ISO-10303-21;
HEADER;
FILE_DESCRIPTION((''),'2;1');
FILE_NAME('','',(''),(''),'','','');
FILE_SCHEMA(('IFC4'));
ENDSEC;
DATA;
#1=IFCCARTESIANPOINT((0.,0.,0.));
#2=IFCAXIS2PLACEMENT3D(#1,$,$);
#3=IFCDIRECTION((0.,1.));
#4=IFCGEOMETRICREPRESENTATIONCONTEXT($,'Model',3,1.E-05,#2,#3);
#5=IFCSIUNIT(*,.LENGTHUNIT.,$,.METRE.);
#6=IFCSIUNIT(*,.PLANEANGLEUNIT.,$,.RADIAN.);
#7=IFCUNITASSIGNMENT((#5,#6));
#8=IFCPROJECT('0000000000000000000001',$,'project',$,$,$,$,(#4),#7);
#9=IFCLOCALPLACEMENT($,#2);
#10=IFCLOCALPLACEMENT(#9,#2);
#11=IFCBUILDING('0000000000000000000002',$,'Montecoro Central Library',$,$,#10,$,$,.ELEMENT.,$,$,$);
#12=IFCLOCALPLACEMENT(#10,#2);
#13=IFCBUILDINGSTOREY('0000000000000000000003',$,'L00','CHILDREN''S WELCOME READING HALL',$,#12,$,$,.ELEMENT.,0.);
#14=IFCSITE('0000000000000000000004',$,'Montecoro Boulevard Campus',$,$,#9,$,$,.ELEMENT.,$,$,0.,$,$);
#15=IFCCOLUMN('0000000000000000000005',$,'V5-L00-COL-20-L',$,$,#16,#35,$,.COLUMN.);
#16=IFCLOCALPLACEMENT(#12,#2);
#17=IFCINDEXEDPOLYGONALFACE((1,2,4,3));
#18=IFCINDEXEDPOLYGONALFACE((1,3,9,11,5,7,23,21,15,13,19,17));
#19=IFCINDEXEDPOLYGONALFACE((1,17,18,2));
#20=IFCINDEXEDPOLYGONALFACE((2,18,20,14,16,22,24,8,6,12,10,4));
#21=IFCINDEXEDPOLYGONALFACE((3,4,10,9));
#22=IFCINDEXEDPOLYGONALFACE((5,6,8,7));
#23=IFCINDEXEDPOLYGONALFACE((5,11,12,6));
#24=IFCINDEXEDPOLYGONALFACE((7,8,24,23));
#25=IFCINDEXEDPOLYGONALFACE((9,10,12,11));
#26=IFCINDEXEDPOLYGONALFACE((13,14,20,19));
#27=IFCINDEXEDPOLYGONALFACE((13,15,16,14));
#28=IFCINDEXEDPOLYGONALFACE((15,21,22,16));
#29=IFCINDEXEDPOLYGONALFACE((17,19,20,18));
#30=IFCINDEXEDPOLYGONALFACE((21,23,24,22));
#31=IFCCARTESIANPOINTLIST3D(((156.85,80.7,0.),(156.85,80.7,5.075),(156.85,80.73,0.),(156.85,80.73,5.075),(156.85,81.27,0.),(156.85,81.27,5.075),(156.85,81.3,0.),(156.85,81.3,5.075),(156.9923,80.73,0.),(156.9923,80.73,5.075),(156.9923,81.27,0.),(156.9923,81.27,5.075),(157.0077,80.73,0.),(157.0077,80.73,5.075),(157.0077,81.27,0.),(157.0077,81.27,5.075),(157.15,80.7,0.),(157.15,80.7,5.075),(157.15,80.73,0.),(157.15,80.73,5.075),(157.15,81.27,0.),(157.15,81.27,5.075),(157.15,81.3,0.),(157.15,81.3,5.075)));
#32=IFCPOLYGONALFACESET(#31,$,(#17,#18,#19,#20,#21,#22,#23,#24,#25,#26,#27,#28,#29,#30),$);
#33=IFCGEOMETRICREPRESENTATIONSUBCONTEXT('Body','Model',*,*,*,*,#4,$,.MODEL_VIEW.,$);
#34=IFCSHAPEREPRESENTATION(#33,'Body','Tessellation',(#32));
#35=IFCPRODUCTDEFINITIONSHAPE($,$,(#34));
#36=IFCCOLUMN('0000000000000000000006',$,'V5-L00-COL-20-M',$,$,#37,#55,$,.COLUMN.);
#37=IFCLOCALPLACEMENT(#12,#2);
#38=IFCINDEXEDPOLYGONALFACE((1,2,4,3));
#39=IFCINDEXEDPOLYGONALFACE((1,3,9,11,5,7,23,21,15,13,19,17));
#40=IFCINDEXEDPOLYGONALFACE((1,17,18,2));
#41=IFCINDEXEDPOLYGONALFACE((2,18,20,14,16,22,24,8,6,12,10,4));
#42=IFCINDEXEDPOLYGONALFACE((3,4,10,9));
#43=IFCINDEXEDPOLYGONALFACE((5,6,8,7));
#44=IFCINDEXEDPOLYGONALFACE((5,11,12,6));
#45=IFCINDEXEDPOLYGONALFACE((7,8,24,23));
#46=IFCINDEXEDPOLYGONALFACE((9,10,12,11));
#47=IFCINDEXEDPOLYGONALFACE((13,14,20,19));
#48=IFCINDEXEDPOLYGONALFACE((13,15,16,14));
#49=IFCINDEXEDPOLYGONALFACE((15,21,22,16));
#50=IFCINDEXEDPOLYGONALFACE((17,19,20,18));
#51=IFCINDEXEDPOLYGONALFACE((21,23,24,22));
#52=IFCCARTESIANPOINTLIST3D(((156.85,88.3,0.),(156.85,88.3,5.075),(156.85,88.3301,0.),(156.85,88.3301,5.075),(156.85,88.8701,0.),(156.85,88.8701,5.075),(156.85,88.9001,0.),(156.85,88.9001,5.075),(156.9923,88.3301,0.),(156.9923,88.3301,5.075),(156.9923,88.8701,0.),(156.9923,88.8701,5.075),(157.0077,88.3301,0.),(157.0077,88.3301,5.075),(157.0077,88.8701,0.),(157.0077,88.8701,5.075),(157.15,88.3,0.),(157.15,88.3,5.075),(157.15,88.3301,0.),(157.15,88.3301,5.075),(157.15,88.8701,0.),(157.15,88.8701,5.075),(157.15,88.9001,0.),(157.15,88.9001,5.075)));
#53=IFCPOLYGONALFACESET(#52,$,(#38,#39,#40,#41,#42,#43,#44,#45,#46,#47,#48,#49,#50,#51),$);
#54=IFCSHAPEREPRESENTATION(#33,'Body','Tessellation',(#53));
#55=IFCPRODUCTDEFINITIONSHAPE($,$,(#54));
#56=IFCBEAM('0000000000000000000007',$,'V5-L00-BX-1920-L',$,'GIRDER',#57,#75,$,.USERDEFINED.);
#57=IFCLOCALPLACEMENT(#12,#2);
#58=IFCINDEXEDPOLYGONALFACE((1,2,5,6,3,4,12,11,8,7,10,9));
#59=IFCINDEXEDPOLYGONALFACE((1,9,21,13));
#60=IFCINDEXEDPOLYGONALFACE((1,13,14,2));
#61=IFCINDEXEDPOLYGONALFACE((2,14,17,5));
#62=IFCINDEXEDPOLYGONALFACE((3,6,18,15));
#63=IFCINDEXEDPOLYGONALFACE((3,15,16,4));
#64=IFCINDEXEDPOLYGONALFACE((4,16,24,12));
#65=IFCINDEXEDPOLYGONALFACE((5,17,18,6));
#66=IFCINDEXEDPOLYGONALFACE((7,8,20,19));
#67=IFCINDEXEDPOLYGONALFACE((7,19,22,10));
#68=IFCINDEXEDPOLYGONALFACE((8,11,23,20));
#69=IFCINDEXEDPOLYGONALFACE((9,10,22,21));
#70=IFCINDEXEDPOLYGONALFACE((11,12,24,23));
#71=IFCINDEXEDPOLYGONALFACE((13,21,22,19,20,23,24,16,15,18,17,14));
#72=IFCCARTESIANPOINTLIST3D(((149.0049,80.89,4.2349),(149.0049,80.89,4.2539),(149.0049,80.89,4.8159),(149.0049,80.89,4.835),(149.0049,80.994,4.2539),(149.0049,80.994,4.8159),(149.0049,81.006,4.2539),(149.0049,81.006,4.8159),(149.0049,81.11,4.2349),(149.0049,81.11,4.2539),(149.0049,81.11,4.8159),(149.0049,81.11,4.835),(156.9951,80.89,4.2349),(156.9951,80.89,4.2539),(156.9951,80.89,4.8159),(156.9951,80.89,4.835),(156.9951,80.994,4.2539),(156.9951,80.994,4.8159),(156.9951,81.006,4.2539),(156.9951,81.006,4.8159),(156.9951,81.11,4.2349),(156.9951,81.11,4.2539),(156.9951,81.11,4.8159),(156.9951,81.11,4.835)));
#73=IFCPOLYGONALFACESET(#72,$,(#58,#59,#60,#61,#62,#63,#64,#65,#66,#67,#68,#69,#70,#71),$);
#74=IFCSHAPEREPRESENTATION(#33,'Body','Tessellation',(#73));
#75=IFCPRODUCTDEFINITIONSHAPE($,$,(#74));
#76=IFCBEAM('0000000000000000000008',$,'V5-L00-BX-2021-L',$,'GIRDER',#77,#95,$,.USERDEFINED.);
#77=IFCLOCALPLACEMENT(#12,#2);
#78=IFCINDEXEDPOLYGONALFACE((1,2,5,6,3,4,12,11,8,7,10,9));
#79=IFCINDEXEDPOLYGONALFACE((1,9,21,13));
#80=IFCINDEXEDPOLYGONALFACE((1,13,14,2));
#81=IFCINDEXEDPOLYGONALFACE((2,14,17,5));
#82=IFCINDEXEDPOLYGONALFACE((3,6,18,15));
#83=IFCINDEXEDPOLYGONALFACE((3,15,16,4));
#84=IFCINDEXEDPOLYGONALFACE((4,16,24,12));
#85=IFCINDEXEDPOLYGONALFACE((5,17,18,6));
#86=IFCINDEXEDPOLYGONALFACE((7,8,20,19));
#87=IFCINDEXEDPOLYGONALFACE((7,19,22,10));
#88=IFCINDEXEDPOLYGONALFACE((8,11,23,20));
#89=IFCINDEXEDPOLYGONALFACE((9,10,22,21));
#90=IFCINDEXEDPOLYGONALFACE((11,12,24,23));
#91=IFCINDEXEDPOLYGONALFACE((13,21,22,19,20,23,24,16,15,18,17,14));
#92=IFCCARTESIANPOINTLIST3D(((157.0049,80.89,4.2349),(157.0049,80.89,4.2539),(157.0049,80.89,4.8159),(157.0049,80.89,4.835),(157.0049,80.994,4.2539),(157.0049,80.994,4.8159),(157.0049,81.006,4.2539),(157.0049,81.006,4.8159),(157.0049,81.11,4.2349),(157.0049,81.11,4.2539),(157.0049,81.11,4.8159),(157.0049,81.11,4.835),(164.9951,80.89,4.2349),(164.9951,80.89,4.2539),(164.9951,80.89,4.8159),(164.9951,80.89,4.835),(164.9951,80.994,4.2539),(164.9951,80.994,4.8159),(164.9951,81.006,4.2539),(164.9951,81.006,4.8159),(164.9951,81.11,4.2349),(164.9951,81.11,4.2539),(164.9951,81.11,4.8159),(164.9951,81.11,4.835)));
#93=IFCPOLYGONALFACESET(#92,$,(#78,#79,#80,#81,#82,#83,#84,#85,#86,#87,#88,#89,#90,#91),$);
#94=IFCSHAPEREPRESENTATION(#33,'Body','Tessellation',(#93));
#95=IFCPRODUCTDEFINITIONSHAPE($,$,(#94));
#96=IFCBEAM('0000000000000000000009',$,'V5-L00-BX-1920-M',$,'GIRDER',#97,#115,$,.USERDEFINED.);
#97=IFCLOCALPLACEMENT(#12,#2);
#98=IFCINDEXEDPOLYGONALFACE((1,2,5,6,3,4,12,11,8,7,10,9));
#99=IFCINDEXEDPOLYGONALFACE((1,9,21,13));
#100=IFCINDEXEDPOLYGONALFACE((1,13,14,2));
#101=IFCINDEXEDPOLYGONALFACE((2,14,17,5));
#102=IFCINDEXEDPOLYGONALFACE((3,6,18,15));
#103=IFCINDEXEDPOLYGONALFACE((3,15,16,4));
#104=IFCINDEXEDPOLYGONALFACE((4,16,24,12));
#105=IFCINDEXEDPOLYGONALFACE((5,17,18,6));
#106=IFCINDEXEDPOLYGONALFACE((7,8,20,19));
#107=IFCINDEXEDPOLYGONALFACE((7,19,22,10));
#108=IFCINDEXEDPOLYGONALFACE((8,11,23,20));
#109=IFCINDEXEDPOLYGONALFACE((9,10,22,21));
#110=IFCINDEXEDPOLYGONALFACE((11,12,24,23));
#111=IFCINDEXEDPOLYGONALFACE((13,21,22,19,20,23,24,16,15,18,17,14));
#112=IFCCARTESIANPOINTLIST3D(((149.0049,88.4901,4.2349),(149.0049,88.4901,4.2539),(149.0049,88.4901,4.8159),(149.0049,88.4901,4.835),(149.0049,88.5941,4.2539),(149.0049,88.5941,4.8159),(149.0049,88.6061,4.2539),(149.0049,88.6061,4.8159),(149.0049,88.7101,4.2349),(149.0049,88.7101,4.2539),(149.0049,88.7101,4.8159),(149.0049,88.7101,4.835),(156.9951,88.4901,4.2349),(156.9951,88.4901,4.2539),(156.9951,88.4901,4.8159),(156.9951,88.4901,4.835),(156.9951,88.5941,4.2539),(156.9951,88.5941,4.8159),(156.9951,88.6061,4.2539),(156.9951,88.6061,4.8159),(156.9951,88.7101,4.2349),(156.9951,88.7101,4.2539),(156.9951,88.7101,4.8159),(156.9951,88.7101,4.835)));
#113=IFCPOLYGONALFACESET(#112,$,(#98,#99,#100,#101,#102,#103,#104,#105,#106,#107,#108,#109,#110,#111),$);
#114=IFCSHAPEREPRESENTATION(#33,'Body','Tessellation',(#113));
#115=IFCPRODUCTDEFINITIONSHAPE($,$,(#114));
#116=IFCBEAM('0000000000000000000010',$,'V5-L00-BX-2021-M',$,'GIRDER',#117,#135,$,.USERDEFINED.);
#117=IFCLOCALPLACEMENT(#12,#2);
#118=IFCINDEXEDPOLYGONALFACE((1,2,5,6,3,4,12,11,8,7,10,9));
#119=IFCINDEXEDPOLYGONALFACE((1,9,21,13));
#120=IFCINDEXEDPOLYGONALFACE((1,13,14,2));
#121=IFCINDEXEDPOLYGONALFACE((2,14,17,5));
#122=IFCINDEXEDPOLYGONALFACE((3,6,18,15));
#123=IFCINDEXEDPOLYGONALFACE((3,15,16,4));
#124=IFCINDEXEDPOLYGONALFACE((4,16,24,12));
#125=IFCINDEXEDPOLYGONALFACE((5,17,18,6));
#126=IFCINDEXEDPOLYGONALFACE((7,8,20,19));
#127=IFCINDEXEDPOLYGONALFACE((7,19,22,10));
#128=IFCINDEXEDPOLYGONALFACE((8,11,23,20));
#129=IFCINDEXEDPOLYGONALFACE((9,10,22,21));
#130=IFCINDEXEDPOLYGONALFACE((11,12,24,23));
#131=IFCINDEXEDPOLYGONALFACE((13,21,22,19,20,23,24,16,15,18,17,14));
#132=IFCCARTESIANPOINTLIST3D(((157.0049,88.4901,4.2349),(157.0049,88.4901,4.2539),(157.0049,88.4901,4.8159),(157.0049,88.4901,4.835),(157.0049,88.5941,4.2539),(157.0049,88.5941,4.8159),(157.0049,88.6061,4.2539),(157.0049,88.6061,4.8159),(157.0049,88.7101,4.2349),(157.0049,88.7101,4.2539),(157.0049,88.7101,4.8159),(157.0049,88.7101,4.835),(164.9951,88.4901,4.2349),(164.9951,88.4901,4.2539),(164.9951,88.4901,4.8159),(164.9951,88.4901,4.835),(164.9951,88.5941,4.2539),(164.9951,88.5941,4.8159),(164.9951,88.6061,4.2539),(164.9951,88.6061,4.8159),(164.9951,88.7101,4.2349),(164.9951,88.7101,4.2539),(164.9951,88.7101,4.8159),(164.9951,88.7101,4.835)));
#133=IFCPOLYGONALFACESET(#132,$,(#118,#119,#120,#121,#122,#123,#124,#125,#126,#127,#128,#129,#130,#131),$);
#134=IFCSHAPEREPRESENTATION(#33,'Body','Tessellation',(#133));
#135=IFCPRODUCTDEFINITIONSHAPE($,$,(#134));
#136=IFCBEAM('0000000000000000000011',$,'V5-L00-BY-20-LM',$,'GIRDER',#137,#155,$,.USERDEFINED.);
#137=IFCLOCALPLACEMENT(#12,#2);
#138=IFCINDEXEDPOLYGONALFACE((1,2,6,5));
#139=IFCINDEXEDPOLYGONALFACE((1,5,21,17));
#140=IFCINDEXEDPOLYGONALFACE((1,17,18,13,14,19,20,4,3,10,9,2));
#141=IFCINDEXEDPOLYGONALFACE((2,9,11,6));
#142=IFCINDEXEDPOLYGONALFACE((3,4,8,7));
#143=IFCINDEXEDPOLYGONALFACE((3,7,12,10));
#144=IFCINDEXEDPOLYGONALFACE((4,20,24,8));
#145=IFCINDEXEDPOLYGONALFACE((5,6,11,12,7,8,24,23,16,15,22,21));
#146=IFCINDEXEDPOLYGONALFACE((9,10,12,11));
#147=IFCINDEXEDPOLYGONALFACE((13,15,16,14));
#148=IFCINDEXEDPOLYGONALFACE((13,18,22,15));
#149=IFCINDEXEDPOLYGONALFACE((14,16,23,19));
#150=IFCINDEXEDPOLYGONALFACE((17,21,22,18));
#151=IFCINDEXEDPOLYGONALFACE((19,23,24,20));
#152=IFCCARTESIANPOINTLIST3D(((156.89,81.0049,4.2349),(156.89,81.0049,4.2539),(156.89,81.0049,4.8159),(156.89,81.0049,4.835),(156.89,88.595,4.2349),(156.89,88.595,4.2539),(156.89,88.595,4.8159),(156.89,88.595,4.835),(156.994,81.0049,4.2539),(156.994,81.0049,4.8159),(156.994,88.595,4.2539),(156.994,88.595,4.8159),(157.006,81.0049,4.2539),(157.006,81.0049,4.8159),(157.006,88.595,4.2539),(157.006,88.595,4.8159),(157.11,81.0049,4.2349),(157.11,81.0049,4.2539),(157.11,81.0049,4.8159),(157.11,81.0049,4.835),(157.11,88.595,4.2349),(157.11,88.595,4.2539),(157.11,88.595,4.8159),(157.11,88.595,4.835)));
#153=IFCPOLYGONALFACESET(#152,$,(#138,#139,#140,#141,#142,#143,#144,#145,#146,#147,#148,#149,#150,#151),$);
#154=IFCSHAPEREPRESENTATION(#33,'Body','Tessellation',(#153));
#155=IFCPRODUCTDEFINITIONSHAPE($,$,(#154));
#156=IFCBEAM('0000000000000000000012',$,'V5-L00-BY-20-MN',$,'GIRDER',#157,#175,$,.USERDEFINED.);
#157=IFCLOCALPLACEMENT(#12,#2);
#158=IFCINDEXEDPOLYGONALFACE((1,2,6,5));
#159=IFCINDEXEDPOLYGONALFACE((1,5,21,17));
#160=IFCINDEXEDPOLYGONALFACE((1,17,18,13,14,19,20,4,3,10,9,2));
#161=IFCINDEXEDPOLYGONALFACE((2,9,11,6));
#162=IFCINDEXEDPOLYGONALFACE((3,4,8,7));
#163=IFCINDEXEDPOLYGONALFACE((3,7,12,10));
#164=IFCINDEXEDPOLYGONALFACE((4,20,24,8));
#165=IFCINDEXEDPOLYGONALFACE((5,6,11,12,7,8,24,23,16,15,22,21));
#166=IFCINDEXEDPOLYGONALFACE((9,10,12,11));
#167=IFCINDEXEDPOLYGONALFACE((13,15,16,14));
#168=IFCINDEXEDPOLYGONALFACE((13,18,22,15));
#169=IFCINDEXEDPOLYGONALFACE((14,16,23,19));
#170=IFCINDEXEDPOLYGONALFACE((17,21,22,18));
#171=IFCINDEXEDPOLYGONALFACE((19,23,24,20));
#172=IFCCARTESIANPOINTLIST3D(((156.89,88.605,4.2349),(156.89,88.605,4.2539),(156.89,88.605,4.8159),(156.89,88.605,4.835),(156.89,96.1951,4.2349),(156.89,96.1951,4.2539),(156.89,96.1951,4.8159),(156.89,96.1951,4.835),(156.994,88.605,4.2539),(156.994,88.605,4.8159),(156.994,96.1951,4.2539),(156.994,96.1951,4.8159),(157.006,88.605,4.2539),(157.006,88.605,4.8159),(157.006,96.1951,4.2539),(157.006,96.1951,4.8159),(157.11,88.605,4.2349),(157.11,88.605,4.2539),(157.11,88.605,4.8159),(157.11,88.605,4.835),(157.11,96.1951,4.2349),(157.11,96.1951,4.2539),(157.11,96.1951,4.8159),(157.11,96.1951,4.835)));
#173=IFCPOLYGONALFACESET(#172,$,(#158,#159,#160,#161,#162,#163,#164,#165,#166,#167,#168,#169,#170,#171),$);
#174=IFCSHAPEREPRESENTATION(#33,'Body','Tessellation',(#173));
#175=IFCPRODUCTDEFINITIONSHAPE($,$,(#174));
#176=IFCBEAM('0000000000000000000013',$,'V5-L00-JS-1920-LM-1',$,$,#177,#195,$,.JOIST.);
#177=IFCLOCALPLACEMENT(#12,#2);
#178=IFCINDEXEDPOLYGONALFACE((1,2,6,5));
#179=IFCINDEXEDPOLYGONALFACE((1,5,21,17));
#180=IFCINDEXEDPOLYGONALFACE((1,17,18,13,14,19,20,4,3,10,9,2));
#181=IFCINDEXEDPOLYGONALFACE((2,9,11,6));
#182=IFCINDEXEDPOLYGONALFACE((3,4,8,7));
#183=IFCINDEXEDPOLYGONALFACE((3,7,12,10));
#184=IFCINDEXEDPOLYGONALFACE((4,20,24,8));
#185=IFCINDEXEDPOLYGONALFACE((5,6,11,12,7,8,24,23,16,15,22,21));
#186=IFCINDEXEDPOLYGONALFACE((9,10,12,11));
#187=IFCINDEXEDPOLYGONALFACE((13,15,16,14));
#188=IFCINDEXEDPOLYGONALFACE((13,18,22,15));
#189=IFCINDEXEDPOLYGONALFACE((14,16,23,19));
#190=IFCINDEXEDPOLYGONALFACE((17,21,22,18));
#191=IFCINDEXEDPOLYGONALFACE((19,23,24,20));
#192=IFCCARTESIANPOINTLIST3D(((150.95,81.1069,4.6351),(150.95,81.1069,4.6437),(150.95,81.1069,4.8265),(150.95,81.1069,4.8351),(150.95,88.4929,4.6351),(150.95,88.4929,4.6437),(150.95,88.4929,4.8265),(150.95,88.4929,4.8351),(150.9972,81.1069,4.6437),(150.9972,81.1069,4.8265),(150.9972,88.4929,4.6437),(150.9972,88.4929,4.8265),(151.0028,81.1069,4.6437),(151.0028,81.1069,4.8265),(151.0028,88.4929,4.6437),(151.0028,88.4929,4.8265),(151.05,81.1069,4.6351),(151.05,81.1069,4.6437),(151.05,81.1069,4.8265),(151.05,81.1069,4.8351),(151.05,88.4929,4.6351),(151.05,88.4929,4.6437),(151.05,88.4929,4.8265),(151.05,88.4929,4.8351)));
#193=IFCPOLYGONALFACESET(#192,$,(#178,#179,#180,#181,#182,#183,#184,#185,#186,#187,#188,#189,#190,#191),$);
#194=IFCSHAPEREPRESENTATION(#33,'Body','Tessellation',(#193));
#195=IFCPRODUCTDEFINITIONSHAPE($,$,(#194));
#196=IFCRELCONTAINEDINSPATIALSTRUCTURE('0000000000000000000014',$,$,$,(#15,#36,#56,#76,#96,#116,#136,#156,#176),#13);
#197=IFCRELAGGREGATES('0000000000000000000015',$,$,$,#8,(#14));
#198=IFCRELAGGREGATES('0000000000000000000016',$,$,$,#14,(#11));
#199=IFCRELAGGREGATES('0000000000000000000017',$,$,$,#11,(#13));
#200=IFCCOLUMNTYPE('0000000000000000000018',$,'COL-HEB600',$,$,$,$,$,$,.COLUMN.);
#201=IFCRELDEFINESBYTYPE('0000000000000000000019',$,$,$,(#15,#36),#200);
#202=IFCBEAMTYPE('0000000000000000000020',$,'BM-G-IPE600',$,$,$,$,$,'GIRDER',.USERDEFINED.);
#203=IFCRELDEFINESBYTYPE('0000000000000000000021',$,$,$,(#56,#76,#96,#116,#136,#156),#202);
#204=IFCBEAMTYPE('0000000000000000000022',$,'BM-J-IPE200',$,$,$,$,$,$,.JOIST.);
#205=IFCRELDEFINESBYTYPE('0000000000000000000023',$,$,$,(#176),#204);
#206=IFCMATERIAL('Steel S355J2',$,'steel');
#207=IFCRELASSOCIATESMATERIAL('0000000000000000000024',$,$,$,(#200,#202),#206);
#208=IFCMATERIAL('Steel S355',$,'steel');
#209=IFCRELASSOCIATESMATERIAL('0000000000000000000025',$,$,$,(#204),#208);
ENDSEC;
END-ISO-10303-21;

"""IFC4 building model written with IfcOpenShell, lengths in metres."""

from ifc_helpers import new_model, si_unit, direction, frame, origin, origin_2d, place, context, subcontext, project, spatial, i_section, extrude, material, material_profile, profile_set, type_object, element, save


model = new_model("IFC4")

# Units and contexts
model_context = context("Model", 3, precision=1e-05, world=origin(), true_north=direction((0.0, 1.0)))
body_context = subcontext(model_context, "Body", "Model", "MODEL_VIEW")
ifc_project = project(units=[si_unit("LENGTHUNIT", "METRE"), si_unit("PLANEANGLEUNIT", "RADIAN")], contexts=[model_context])

# Site, building, storey
site_placement = place(None, origin())
site = spatial("IfcSite", under=ifc_project, at=site_placement, Name="Montecoro Boulevard Campus", CompositionType="ELEMENT", RefElevation=0.0)
building_placement = place(site_placement, origin())
building = spatial("IfcBuilding", under=site, at=building_placement, Name="Montecoro Central Library", CompositionType="ELEMENT")
storey_placement = place(building_placement, origin())
storey = spatial("IfcBuildingStorey", under=building, at=storey_placement, Name="L00", Description="CHILDREN'S WELCOME READING HALL", CompositionType="ELEMENT", Elevation=0.0)

# Columns
ifc_material_1 = material(Name="Steel S355J2", Category="steel")
ifc_material_profile_1 = material_profile(ifc_material_1, i_section(OverallWidth=0.3, OverallDepth=0.6001, WebThickness=0.0154, FlangeThickness=0.03, at=origin_2d()), Name="HEB 600")
ifc_profile_set_1 = profile_set([ifc_material_profile_1], Name="Steel S355J2")
column_type = type_object("IfcColumnType", Name="COL-HEB600", PredefinedType="COLUMN", material=ifc_profile_set_1)
for number, where, z_axis, x_axis, name in (
    (1, (157.0, 81.0, 0.0), (0.0, 0.0, 1.0), (1.0, 0.0, 0.0), "V5-L00-COL-20-L"),
    (2, (157.0, 88.6001, 0.0), (0.0, 0.0, 1.0), (1.0, 0.0, 0.0), "V5-L00-COL-20-M"),
):
    element("IfcColumn", number, at=place(storey_placement, frame(where, z_axis=z_axis, x_axis=x_axis)), inside=storey, type_object=column_type, Name=name, PredefinedType="COLUMN", context=body_context, shape_type="SweptSolid", body=[
        extrude(i_section(OverallWidth=0.3, OverallDepth=0.6001, WebThickness=0.0154, FlangeThickness=0.03, at=origin_2d()), origin(), (0.0, 0.0, 1.0), 5.075),
    ])

# Beams
ifc_material_profile_2 = material_profile(ifc_material_1, i_section(OverallWidth=0.22, OverallDepth=0.6001, WebThickness=0.012, FlangeThickness=0.019, at=origin_2d()), Name="IPE 600")
ifc_profile_set_2 = profile_set([ifc_material_profile_2], Name="Steel S355J2")
beam_type_1 = type_object("IfcBeamType", Name="BM-G-IPE600", ElementType="GIRDER", PredefinedType="USERDEFINED", material=ifc_profile_set_2)
for number, where, z_axis, x_axis, name in (
    (3, (149.0049, 81.0, 4.5349), (1.0, 0.0, 0.0), (0.0, 1.0, 0.0), "V5-L00-BX-1920-L"),
    (4, (157.0049, 81.0, 4.5349), (1.0, 0.0, 0.0), (0.0, 1.0, 0.0), "V5-L00-BX-2021-L"),
    (5, (149.0049, 88.6001, 4.5349), (1.0, 0.0, 0.0), (0.0, 1.0, 0.0), "V5-L00-BX-1920-M"),
    (6, (157.0049, 88.6001, 4.5349), (1.0, 0.0, 0.0), (0.0, 1.0, 0.0), "V5-L00-BX-2021-M"),
):
    element("IfcBeam", number, at=place(storey_placement, frame(where, z_axis=z_axis, x_axis=x_axis)), inside=storey, type_object=beam_type_1, Name=name, ObjectType="GIRDER", PredefinedType="USERDEFINED", context=body_context, shape_type="SweptSolid", body=[
        extrude(i_section(OverallWidth=0.22, OverallDepth=0.6001, WebThickness=0.012, FlangeThickness=0.019, at=origin_2d()), origin(), (0.0, 0.0, 1.0), 7.9902),
    ])
for number, where, z_axis, x_axis, name in (
    (7, (157.0, 81.0049, 4.5349), (0.0, 1.0, 0.0), (-1.0, 0.0, 0.0), "V5-L00-BY-20-LM"),
    (8, (157.0, 88.605, 4.5349), (0.0, 1.0, 0.0), (-1.0, 0.0, 0.0), "V5-L00-BY-20-MN"),
):
    element("IfcBeam", number, at=place(storey_placement, frame(where, z_axis=z_axis, x_axis=x_axis)), inside=storey, type_object=beam_type_1, Name=name, ObjectType="GIRDER", PredefinedType="USERDEFINED", context=body_context, shape_type="SweptSolid", body=[
        extrude(i_section(OverallWidth=0.22, OverallDepth=0.6001, WebThickness=0.012, FlangeThickness=0.019, at=origin_2d()), origin(), (0.0, 0.0, 1.0), 7.5901),
    ])
ifc_material_2 = material(Name="Steel S355", Category="steel")
ifc_material_profile_3 = material_profile(ifc_material_2, i_section(OverallWidth=0.1001, OverallDepth=0.2, WebThickness=0.0056, FlangeThickness=0.0085, at=origin_2d()), Name="IPE 200")
ifc_profile_set_3 = profile_set([ifc_material_profile_3], Name="Steel S355")
beam_type_2 = type_object("IfcBeamType", Name="BM-J-IPE200", PredefinedType="JOIST", material=ifc_profile_set_3)
for number, where, z_axis, x_axis, name in (
    (9, (151.0, 81.1069, 4.7351), (0.0, 1.0, 0.0), (-1.0, 0.0, 0.0), "V5-L00-JS-1920-LM-1"),
):
    element("IfcBeam", number, at=place(storey_placement, frame(where, z_axis=z_axis, x_axis=x_axis)), inside=storey, type_object=beam_type_2, Name=name, PredefinedType="JOIST", context=body_context, shape_type="SweptSolid", body=[
        extrude(i_section(OverallWidth=0.1001, OverallDepth=0.2, WebThickness=0.0056, FlangeThickness=0.0085, at=origin_2d()), origin(), (0.0, 0.0, 1.0), 7.386),
    ])

save(model, "model.ifc")
